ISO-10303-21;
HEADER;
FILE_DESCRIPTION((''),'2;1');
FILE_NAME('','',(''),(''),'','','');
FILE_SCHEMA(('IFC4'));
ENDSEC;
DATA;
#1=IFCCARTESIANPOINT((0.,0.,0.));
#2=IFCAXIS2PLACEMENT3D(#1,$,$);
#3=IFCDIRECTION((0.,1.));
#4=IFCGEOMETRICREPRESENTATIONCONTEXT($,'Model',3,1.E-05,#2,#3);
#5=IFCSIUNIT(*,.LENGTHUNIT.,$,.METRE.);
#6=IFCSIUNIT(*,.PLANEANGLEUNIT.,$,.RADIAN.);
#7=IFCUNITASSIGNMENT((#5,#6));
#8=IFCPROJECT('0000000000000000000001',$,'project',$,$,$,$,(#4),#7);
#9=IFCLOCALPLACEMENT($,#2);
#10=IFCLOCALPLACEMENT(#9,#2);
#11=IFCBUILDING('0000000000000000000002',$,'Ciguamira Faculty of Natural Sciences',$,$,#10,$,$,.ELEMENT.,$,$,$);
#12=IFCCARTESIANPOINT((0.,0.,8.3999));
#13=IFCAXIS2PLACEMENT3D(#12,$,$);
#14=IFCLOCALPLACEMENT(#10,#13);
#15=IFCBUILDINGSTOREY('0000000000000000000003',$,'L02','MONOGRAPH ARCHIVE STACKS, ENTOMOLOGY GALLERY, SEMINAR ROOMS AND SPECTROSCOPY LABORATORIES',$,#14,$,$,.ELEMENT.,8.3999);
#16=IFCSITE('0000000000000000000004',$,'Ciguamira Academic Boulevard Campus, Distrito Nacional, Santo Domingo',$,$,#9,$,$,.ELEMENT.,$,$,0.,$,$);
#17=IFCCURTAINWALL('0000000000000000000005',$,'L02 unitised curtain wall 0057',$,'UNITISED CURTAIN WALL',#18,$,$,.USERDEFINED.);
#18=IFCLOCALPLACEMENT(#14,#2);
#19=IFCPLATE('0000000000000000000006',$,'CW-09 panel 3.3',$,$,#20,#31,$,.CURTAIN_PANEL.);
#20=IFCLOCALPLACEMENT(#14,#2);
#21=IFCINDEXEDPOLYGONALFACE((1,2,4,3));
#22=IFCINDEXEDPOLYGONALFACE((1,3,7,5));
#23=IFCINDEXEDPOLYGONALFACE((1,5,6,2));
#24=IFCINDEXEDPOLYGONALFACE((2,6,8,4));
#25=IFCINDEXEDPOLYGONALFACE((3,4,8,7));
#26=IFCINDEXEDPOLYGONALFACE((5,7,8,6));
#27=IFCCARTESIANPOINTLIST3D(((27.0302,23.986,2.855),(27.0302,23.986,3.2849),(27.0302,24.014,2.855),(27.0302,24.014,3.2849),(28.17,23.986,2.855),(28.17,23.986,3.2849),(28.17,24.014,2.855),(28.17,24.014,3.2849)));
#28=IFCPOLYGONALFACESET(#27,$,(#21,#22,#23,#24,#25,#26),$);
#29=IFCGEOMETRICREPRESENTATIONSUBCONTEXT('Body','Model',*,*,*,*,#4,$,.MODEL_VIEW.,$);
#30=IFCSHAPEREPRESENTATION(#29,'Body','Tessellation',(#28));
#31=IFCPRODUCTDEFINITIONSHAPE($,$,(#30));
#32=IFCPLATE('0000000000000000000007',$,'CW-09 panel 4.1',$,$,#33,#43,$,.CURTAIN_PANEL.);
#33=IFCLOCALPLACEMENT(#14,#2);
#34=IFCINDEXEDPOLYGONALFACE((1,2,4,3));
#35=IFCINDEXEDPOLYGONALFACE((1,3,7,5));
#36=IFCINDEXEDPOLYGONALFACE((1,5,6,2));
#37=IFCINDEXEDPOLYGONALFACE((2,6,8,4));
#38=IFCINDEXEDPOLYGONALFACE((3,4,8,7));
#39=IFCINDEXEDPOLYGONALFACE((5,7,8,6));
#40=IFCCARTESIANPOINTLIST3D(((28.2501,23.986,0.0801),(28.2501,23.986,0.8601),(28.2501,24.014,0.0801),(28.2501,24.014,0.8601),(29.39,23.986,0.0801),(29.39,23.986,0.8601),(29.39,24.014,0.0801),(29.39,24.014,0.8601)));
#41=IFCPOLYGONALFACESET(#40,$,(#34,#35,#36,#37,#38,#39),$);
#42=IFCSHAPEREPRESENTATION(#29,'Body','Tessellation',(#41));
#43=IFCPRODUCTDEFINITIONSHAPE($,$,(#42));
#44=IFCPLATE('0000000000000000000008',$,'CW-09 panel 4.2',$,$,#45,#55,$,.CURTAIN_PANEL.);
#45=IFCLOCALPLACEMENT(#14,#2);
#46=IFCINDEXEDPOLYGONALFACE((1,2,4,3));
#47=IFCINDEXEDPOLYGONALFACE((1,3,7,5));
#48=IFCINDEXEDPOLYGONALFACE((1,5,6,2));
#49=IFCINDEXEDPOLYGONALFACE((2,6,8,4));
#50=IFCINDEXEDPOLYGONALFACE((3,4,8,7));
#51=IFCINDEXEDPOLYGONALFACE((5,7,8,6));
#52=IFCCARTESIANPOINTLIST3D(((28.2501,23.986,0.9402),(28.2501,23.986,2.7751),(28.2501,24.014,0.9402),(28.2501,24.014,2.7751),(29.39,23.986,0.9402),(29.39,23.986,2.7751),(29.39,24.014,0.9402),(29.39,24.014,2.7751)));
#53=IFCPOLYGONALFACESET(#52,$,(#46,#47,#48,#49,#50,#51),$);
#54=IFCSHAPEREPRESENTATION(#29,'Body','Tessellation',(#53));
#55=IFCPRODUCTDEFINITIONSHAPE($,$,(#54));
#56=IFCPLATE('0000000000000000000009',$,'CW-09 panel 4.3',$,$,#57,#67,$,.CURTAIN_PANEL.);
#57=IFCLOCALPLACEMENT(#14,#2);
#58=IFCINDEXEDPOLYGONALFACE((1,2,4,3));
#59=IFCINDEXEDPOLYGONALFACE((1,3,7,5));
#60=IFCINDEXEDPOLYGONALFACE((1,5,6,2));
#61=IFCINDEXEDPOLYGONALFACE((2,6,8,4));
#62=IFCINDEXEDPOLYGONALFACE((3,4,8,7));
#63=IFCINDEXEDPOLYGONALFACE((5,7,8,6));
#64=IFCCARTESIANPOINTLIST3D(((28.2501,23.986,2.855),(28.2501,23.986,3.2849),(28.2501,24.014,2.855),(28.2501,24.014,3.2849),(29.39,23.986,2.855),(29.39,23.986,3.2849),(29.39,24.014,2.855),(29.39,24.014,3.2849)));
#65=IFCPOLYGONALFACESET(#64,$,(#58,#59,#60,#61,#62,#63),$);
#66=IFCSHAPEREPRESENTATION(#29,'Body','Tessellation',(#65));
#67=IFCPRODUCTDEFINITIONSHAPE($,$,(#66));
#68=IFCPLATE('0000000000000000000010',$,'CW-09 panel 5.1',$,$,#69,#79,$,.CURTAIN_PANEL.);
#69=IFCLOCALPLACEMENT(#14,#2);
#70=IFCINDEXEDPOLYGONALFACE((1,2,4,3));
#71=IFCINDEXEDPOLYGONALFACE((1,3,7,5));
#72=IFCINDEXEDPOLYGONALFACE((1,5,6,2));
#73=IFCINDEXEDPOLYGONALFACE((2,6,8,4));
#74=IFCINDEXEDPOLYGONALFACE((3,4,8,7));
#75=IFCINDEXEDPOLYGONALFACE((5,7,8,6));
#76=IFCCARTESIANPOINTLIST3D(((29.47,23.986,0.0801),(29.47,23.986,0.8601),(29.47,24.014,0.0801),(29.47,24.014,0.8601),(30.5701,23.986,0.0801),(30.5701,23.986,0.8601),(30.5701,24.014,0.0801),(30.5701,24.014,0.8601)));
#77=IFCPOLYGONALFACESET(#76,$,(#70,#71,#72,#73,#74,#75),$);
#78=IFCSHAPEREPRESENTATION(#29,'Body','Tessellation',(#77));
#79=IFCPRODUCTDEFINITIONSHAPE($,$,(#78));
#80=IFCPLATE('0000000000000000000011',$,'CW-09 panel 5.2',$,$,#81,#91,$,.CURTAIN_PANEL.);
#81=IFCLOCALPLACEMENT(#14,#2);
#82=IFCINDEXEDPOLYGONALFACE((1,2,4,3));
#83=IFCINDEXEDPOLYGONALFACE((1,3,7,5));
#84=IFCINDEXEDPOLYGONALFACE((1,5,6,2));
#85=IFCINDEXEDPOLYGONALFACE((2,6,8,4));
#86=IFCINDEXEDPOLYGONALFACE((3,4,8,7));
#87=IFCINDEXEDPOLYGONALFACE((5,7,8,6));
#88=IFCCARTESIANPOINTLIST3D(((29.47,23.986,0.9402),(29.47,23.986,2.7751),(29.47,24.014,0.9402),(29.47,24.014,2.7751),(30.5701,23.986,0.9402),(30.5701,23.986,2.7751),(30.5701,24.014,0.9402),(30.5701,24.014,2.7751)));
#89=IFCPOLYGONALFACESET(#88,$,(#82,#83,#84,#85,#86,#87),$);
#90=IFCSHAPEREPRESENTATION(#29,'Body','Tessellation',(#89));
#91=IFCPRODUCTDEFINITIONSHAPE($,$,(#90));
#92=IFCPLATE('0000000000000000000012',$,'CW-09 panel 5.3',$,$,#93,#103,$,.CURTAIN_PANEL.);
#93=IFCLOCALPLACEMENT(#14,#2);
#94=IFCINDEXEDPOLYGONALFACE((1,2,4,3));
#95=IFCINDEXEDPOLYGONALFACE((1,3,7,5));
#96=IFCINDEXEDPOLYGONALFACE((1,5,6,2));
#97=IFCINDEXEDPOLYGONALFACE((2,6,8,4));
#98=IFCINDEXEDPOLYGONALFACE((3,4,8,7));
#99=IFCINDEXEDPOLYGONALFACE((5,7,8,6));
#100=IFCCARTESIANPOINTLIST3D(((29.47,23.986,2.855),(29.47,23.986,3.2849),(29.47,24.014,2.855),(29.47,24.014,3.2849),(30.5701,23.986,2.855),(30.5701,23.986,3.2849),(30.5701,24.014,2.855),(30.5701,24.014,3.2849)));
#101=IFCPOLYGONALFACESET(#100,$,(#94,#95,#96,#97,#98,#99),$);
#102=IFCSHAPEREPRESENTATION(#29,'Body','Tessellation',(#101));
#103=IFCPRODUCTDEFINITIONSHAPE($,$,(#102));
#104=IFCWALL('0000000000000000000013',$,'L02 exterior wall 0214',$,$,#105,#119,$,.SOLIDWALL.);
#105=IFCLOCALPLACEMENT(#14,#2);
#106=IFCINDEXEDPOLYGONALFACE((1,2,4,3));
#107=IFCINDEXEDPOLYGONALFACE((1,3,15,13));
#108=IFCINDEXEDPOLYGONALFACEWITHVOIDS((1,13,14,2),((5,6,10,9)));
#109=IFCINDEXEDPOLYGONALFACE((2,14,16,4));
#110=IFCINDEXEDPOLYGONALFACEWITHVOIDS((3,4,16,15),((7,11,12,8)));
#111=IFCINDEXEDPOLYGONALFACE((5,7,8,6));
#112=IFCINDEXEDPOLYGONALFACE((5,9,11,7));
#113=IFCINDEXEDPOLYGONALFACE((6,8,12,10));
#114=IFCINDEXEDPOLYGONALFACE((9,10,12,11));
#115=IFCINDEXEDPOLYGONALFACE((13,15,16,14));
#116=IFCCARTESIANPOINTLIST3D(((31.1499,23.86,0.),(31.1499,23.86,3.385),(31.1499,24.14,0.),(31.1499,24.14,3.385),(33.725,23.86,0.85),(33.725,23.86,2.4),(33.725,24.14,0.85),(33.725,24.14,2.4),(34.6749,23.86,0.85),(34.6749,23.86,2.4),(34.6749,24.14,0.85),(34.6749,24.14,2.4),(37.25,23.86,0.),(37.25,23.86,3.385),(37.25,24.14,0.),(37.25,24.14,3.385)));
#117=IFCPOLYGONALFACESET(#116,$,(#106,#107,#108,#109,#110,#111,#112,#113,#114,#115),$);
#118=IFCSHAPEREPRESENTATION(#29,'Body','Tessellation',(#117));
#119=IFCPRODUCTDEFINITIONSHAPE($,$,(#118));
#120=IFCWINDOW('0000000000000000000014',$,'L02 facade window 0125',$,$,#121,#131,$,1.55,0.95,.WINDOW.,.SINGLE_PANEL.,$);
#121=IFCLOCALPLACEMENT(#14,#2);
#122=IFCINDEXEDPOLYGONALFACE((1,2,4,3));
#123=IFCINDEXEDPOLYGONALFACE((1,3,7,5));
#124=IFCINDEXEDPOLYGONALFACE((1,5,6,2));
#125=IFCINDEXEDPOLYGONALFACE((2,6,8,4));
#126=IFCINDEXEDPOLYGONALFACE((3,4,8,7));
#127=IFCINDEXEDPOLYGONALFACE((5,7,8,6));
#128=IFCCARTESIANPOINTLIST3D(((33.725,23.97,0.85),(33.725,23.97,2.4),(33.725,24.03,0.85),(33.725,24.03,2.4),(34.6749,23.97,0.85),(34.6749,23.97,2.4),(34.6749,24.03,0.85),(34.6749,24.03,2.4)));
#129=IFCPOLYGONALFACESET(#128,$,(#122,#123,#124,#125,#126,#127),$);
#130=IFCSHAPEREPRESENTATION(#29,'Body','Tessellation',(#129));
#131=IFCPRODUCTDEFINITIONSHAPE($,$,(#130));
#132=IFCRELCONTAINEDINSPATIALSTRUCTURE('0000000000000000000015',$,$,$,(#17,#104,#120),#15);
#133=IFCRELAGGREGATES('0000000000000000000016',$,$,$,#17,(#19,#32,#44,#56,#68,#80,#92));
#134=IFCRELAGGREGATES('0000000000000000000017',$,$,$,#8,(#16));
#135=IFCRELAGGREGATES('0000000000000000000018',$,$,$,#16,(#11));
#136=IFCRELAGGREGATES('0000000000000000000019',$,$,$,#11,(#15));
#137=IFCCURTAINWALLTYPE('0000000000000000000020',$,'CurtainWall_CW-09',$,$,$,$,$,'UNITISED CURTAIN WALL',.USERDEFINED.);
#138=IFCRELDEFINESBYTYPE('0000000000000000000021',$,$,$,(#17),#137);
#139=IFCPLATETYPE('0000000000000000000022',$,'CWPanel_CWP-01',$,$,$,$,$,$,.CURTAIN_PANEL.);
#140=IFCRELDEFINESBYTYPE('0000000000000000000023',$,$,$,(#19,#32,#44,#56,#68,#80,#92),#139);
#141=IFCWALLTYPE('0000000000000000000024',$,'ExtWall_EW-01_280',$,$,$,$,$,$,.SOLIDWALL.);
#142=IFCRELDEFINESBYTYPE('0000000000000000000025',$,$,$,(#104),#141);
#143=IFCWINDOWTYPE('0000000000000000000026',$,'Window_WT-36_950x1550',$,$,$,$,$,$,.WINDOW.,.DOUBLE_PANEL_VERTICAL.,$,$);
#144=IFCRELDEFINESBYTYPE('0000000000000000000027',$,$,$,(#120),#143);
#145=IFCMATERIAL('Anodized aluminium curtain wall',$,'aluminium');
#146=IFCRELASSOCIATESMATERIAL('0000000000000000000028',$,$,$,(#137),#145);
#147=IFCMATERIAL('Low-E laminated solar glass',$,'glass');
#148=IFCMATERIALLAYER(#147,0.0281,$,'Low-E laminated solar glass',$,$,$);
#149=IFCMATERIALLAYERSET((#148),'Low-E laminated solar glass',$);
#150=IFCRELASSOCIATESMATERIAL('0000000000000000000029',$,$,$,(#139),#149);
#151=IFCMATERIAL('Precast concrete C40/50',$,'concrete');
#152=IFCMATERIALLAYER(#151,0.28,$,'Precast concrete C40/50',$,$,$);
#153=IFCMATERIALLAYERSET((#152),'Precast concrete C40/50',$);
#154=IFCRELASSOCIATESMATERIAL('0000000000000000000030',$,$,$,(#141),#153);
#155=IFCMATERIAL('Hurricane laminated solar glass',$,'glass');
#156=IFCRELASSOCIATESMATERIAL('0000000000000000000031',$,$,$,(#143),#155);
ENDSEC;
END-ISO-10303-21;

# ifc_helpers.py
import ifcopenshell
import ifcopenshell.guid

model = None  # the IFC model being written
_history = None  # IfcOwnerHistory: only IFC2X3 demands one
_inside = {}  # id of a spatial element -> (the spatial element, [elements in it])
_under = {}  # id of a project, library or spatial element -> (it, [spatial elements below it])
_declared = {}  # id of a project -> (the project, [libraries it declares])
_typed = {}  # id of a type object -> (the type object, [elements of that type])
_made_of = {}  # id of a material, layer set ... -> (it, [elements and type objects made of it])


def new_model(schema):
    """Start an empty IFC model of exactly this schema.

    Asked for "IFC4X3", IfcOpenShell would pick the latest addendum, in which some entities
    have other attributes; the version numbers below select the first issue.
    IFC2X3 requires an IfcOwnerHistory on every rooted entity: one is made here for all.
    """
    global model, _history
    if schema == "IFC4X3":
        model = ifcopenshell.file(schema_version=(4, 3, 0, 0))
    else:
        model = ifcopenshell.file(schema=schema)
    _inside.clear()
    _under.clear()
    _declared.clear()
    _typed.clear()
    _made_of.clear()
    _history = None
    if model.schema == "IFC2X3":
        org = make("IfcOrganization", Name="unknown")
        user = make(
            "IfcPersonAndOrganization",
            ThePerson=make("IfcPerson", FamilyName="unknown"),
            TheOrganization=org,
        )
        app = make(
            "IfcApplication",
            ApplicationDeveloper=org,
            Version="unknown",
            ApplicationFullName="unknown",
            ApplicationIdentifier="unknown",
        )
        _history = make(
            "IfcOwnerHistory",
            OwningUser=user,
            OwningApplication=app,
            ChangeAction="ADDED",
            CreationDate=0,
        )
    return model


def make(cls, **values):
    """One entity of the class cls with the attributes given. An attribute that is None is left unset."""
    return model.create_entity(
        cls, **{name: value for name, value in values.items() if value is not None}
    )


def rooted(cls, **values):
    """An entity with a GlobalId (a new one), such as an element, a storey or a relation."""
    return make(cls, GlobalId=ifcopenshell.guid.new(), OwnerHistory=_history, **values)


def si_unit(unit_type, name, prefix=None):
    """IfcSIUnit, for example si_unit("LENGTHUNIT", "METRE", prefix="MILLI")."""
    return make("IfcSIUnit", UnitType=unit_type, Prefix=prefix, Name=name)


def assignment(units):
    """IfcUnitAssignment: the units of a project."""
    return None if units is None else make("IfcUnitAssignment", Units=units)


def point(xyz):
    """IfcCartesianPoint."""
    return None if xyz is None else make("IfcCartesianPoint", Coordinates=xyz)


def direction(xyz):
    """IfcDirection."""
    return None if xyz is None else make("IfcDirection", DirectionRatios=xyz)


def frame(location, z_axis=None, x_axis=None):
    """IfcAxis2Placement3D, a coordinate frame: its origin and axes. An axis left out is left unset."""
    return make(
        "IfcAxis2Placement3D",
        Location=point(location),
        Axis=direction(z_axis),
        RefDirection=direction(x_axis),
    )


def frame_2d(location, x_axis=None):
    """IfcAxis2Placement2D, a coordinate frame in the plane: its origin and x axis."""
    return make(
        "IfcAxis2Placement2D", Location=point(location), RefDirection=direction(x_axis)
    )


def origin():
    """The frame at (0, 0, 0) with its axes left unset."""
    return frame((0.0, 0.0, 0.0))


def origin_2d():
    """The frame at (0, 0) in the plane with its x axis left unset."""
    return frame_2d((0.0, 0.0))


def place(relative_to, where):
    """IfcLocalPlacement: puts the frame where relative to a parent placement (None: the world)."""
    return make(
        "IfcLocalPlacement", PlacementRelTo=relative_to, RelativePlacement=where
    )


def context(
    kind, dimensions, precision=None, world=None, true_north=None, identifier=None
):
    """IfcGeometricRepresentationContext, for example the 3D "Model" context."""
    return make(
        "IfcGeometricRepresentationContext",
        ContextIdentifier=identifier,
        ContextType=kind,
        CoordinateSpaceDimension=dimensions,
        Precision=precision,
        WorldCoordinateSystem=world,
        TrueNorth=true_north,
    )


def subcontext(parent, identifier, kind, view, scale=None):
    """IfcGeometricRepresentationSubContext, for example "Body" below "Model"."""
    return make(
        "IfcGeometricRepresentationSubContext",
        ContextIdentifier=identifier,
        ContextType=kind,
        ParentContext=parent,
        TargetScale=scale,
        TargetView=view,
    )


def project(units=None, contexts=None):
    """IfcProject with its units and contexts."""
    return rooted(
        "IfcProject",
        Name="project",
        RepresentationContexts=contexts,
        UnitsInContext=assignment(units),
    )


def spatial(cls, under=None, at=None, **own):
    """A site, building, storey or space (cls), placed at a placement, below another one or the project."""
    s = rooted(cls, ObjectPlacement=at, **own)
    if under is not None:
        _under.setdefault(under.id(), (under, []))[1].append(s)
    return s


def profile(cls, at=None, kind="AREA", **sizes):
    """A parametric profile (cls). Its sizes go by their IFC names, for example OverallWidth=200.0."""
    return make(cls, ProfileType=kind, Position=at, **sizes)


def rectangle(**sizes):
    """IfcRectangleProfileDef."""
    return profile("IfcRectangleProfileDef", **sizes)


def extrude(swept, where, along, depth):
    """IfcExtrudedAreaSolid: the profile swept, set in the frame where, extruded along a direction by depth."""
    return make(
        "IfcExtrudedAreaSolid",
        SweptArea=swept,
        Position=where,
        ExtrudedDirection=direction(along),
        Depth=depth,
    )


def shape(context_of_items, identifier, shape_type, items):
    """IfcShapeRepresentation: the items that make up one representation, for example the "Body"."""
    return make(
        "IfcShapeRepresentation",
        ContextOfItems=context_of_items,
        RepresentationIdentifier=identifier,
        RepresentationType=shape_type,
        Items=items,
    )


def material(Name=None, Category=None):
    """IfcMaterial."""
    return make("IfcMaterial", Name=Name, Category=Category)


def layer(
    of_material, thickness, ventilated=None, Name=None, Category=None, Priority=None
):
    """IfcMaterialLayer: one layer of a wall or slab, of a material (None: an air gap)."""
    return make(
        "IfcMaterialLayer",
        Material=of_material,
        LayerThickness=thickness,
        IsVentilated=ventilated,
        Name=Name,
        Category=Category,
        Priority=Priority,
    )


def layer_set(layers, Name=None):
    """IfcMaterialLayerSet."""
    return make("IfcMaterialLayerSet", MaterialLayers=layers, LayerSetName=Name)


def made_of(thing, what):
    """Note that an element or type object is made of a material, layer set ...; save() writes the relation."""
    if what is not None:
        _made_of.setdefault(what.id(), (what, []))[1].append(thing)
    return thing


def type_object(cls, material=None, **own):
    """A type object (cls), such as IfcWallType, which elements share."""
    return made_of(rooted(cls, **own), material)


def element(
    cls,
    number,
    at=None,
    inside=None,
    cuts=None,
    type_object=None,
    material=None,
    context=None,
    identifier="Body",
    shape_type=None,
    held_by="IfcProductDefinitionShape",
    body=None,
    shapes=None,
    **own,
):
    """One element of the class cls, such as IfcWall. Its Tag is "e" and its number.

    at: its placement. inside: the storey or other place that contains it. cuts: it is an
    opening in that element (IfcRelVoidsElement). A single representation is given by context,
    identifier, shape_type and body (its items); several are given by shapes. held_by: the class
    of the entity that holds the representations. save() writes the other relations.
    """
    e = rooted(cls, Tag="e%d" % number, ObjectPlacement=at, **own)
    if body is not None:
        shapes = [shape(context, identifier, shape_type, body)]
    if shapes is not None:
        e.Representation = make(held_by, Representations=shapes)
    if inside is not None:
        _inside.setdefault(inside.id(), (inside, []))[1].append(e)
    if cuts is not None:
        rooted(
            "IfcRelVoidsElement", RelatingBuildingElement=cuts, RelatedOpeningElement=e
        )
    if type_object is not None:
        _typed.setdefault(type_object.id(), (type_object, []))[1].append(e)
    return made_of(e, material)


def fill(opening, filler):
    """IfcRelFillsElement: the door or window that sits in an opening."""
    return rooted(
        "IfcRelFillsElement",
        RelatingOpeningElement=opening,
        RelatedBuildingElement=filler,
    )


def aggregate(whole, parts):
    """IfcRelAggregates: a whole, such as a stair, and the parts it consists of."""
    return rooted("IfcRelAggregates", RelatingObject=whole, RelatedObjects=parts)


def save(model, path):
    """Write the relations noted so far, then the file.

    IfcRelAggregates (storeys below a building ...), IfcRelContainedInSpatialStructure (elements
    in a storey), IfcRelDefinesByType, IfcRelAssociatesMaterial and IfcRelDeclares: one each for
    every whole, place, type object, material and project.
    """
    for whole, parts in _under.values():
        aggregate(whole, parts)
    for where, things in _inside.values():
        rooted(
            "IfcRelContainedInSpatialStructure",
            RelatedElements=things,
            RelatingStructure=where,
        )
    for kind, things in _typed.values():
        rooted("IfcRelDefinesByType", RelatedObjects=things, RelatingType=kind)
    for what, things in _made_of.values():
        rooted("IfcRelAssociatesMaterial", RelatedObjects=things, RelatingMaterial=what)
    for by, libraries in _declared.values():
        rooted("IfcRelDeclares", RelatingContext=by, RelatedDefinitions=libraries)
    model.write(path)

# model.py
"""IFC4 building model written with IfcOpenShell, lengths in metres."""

from ifc_helpers import new_model, si_unit, direction, frame, frame_2d, origin, origin_2d, place, context, subcontext, project, spatial, rectangle, extrude, material, layer, layer_set, type_object, element, fill, aggregate, save


model = new_model("IFC4")

# Units and contexts
model_context = context("Model", 3, precision=1e-05, world=origin(), true_north=direction((0.0, 1.0)))
body_context = subcontext(model_context, "Body", "Model", "MODEL_VIEW")
ifc_project = project(units=[si_unit("LENGTHUNIT", "METRE"), si_unit("PLANEANGLEUNIT", "RADIAN")], contexts=[model_context])

# Site, building, storey
site_placement = place(None, origin())
site = spatial("IfcSite", under=ifc_project, at=site_placement, Name="Ciguamira Academic Boulevard Campus, Distrito Nacional, Santo Domingo", CompositionType="ELEMENT", RefElevation=0.0)
building_placement = place(site_placement, origin())
building = spatial("IfcBuilding", under=site, at=building_placement, Name="Ciguamira Faculty of Natural Sciences", CompositionType="ELEMENT")
storey_placement = place(building_placement, frame((0.0, 0.0, 8.3999)))
storey = spatial("IfcBuildingStorey", under=building, at=storey_placement, Name="L02", Description="MONOGRAPH ARCHIVE STACKS, ENTOMOLOGY GALLERY, SEMINAR ROOMS AND SPECTROSCOPY LABORATORIES", CompositionType="ELEMENT", Elevation=8.3999)

# Curtain wall
ifc_material_1 = material(Name="Anodized aluminium curtain wall", Category="aluminium")
curtain_wall_type = type_object("IfcCurtainWallType", Name="CurtainWall_CW-09", ElementType="UNITISED CURTAIN WALL", PredefinedType="USERDEFINED", material=ifc_material_1)
curtain_wall_placement = place(storey_placement, origin())
curtain_wall = element("IfcCurtainWall", 1, at=curtain_wall_placement, inside=storey, type_object=curtain_wall_type, Name="L02 unitised curtain wall 0057", ObjectType="UNITISED CURTAIN WALL", PredefinedType="USERDEFINED")

# Plates
ifc_material_2 = material(Name="Low-E laminated solar glass", Category="glass")
ifc_layer_1 = layer(ifc_material_2, 0.0281, Name="Low-E laminated solar glass")
ifc_layer_set_1 = layer_set([ifc_layer_1], Name="Low-E laminated solar glass")
plate_type = type_object("IfcPlateType", Name="CWPanel_CWP-01", PredefinedType="CURTAIN_PANEL", material=ifc_layer_set_1)
plate_1_placement = place(storey_placement, frame((27.6001, 24.0, 2.855), z_axis=(0.0, 0.0, 1.0), x_axis=(1.0, 0.0, 0.0)))
plate_1 = element("IfcPlate", 2, at=plate_1_placement, type_object=plate_type, Name="CW-09 panel 3.3", PredefinedType="CURTAIN_PANEL", context=body_context, shape_type="SweptSolid", body=[
    extrude(rectangle(XDim=1.1399, YDim=0.0281, at=origin_2d()), origin(), (0.0, 0.0, 1.0), 0.4299),
])
plate_2_placement = place(storey_placement, frame((28.8201, 24.0, 0.0801), z_axis=(0.0, 0.0, 1.0), x_axis=(1.0, 0.0, 0.0)))
plate_2 = element("IfcPlate", 3, at=plate_2_placement, type_object=plate_type, Name="CW-09 panel 4.1", PredefinedType="CURTAIN_PANEL", context=body_context, shape_type="SweptSolid", body=[
    extrude(rectangle(XDim=1.1399, YDim=0.0281, at=origin_2d()), origin(), (0.0, 0.0, 1.0), 0.78),
])
plate_3_placement = place(storey_placement, frame((28.8201, 24.0, 0.9402), z_axis=(0.0, 0.0, 1.0), x_axis=(1.0, 0.0, 0.0)))
plate_3 = element("IfcPlate", 4, at=plate_3_placement, type_object=plate_type, Name="CW-09 panel 4.2", PredefinedType="CURTAIN_PANEL", context=body_context, shape_type="SweptSolid", body=[
    extrude(rectangle(XDim=1.1399, YDim=0.0281, at=origin_2d()), origin(), (0.0, 0.0, 1.0), 1.835),
])
plate_4_placement = place(storey_placement, frame((28.8201, 24.0, 2.855), z_axis=(0.0, 0.0, 1.0), x_axis=(1.0, 0.0, 0.0)))
plate_4 = element("IfcPlate", 5, at=plate_4_placement, type_object=plate_type, Name="CW-09 panel 4.3", PredefinedType="CURTAIN_PANEL", context=body_context, shape_type="SweptSolid", body=[
    extrude(rectangle(XDim=1.1399, YDim=0.0281, at=origin_2d()), origin(), (0.0, 0.0, 1.0), 0.4299),
])
plate_5_placement = place(storey_placement, frame((30.02, 24.0, 0.0801), z_axis=(0.0, 0.0, 1.0), x_axis=(1.0, 0.0, 0.0)))
plate_5 = element("IfcPlate", 6, at=plate_5_placement, type_object=plate_type, Name="CW-09 panel 5.1", PredefinedType="CURTAIN_PANEL", context=body_context, shape_type="SweptSolid", body=[
    extrude(rectangle(XDim=1.1001, YDim=0.0281, at=origin_2d()), origin(), (0.0, 0.0, 1.0), 0.78),
])
plate_6_placement = place(storey_placement, frame((30.02, 24.0, 0.9402), z_axis=(0.0, 0.0, 1.0), x_axis=(1.0, 0.0, 0.0)))
plate_6 = element("IfcPlate", 7, at=plate_6_placement, type_object=plate_type, Name="CW-09 panel 5.2", PredefinedType="CURTAIN_PANEL", context=body_context, shape_type="SweptSolid", body=[
    extrude(rectangle(XDim=1.1001, YDim=0.0281, at=origin_2d()), origin(), (0.0, 0.0, 1.0), 1.835),
])
plate_7_placement = place(storey_placement, frame((30.02, 24.0, 2.855), z_axis=(0.0, 0.0, 1.0), x_axis=(1.0, 0.0, 0.0)))
plate_7 = element("IfcPlate", 8, at=plate_7_placement, type_object=plate_type, Name="CW-09 panel 5.3", PredefinedType="CURTAIN_PANEL", context=body_context, shape_type="SweptSolid", body=[
    extrude(rectangle(XDim=1.1001, YDim=0.0281, at=origin_2d()), origin(), (0.0, 0.0, 1.0), 0.4299),
])
aggregate(curtain_wall, [plate_1, plate_2, plate_3, plate_4, plate_5, plate_6, plate_7])

# Wall, opening, window
ifc_material_3 = material(Name="Precast concrete C40/50", Category="concrete")
ifc_layer_2 = layer(ifc_material_3, 0.28, Name="Precast concrete C40/50")
ifc_layer_set_2 = layer_set([ifc_layer_2], Name="Precast concrete C40/50")
wall_type = type_object("IfcWallType", Name="ExtWall_EW-01_280", PredefinedType="SOLIDWALL", material=ifc_layer_set_2)
wall_placement = place(storey_placement, frame((31.1499, 24.0, 0.0), z_axis=(0.0, 0.0, 1.0), x_axis=(1.0, 0.0, 0.0)))
wall = element("IfcWall", 9, at=wall_placement, inside=storey, type_object=wall_type, Name="L02 exterior wall 0214", PredefinedType="SOLIDWALL", context=body_context, shape_type="SweptSolid", body=[
    extrude(rectangle(XDim=6.1001, YDim=0.28, at=frame_2d((3.05, 0.0))), origin(), (0.0, 0.0, 1.0), 3.385),
])
opening_placement = place(wall_placement, frame((2.575, 0.0, 0.8501)))
opening = element("IfcOpeningElement", 10, at=opening_placement, cuts=wall, PredefinedType="OPENING", context=body_context, shape_type="SweptSolid", body=[
    extrude(rectangle(XDim=0.95, YDim=1.55, at=frame_2d((0.4751, 0.7749))), frame((0.0, 0.1499, 0.0), z_axis=(0.0, -1.0, 0.0), x_axis=(1.0, 0.0, 0.0)), (0.0, 0.0, 1.0), 0.3),
])
ifc_material_4 = material(Name="Hurricane laminated solar glass", Category="glass")
window_type = type_object("IfcWindowType", Name="Window_WT-36_950x1550", PartitioningType="DOUBLE_PANEL_VERTICAL", PredefinedType="WINDOW", material=ifc_material_4)
window_placement = place(opening_placement, origin())
window = element("IfcWindow", 11, at=window_placement, inside=storey, type_object=window_type, Name="L02 facade window 0125", OverallHeight=1.55, OverallWidth=0.95, PartitioningType="SINGLE_PANEL", PredefinedType="WINDOW", context=body_context, shape_type="SweptSolid", body=[
    extrude(rectangle(XDim=0.95, YDim=1.55, at=frame_2d((0.4751, 0.7749))), frame((0.0, 0.03, 0.0), z_axis=(0.0, -1.0, 0.0), x_axis=(1.0, 0.0, 0.0)), (0.0, 0.0, 1.0), 0.0601),
])
fill(opening, window)

save(model, "model.ifc")
